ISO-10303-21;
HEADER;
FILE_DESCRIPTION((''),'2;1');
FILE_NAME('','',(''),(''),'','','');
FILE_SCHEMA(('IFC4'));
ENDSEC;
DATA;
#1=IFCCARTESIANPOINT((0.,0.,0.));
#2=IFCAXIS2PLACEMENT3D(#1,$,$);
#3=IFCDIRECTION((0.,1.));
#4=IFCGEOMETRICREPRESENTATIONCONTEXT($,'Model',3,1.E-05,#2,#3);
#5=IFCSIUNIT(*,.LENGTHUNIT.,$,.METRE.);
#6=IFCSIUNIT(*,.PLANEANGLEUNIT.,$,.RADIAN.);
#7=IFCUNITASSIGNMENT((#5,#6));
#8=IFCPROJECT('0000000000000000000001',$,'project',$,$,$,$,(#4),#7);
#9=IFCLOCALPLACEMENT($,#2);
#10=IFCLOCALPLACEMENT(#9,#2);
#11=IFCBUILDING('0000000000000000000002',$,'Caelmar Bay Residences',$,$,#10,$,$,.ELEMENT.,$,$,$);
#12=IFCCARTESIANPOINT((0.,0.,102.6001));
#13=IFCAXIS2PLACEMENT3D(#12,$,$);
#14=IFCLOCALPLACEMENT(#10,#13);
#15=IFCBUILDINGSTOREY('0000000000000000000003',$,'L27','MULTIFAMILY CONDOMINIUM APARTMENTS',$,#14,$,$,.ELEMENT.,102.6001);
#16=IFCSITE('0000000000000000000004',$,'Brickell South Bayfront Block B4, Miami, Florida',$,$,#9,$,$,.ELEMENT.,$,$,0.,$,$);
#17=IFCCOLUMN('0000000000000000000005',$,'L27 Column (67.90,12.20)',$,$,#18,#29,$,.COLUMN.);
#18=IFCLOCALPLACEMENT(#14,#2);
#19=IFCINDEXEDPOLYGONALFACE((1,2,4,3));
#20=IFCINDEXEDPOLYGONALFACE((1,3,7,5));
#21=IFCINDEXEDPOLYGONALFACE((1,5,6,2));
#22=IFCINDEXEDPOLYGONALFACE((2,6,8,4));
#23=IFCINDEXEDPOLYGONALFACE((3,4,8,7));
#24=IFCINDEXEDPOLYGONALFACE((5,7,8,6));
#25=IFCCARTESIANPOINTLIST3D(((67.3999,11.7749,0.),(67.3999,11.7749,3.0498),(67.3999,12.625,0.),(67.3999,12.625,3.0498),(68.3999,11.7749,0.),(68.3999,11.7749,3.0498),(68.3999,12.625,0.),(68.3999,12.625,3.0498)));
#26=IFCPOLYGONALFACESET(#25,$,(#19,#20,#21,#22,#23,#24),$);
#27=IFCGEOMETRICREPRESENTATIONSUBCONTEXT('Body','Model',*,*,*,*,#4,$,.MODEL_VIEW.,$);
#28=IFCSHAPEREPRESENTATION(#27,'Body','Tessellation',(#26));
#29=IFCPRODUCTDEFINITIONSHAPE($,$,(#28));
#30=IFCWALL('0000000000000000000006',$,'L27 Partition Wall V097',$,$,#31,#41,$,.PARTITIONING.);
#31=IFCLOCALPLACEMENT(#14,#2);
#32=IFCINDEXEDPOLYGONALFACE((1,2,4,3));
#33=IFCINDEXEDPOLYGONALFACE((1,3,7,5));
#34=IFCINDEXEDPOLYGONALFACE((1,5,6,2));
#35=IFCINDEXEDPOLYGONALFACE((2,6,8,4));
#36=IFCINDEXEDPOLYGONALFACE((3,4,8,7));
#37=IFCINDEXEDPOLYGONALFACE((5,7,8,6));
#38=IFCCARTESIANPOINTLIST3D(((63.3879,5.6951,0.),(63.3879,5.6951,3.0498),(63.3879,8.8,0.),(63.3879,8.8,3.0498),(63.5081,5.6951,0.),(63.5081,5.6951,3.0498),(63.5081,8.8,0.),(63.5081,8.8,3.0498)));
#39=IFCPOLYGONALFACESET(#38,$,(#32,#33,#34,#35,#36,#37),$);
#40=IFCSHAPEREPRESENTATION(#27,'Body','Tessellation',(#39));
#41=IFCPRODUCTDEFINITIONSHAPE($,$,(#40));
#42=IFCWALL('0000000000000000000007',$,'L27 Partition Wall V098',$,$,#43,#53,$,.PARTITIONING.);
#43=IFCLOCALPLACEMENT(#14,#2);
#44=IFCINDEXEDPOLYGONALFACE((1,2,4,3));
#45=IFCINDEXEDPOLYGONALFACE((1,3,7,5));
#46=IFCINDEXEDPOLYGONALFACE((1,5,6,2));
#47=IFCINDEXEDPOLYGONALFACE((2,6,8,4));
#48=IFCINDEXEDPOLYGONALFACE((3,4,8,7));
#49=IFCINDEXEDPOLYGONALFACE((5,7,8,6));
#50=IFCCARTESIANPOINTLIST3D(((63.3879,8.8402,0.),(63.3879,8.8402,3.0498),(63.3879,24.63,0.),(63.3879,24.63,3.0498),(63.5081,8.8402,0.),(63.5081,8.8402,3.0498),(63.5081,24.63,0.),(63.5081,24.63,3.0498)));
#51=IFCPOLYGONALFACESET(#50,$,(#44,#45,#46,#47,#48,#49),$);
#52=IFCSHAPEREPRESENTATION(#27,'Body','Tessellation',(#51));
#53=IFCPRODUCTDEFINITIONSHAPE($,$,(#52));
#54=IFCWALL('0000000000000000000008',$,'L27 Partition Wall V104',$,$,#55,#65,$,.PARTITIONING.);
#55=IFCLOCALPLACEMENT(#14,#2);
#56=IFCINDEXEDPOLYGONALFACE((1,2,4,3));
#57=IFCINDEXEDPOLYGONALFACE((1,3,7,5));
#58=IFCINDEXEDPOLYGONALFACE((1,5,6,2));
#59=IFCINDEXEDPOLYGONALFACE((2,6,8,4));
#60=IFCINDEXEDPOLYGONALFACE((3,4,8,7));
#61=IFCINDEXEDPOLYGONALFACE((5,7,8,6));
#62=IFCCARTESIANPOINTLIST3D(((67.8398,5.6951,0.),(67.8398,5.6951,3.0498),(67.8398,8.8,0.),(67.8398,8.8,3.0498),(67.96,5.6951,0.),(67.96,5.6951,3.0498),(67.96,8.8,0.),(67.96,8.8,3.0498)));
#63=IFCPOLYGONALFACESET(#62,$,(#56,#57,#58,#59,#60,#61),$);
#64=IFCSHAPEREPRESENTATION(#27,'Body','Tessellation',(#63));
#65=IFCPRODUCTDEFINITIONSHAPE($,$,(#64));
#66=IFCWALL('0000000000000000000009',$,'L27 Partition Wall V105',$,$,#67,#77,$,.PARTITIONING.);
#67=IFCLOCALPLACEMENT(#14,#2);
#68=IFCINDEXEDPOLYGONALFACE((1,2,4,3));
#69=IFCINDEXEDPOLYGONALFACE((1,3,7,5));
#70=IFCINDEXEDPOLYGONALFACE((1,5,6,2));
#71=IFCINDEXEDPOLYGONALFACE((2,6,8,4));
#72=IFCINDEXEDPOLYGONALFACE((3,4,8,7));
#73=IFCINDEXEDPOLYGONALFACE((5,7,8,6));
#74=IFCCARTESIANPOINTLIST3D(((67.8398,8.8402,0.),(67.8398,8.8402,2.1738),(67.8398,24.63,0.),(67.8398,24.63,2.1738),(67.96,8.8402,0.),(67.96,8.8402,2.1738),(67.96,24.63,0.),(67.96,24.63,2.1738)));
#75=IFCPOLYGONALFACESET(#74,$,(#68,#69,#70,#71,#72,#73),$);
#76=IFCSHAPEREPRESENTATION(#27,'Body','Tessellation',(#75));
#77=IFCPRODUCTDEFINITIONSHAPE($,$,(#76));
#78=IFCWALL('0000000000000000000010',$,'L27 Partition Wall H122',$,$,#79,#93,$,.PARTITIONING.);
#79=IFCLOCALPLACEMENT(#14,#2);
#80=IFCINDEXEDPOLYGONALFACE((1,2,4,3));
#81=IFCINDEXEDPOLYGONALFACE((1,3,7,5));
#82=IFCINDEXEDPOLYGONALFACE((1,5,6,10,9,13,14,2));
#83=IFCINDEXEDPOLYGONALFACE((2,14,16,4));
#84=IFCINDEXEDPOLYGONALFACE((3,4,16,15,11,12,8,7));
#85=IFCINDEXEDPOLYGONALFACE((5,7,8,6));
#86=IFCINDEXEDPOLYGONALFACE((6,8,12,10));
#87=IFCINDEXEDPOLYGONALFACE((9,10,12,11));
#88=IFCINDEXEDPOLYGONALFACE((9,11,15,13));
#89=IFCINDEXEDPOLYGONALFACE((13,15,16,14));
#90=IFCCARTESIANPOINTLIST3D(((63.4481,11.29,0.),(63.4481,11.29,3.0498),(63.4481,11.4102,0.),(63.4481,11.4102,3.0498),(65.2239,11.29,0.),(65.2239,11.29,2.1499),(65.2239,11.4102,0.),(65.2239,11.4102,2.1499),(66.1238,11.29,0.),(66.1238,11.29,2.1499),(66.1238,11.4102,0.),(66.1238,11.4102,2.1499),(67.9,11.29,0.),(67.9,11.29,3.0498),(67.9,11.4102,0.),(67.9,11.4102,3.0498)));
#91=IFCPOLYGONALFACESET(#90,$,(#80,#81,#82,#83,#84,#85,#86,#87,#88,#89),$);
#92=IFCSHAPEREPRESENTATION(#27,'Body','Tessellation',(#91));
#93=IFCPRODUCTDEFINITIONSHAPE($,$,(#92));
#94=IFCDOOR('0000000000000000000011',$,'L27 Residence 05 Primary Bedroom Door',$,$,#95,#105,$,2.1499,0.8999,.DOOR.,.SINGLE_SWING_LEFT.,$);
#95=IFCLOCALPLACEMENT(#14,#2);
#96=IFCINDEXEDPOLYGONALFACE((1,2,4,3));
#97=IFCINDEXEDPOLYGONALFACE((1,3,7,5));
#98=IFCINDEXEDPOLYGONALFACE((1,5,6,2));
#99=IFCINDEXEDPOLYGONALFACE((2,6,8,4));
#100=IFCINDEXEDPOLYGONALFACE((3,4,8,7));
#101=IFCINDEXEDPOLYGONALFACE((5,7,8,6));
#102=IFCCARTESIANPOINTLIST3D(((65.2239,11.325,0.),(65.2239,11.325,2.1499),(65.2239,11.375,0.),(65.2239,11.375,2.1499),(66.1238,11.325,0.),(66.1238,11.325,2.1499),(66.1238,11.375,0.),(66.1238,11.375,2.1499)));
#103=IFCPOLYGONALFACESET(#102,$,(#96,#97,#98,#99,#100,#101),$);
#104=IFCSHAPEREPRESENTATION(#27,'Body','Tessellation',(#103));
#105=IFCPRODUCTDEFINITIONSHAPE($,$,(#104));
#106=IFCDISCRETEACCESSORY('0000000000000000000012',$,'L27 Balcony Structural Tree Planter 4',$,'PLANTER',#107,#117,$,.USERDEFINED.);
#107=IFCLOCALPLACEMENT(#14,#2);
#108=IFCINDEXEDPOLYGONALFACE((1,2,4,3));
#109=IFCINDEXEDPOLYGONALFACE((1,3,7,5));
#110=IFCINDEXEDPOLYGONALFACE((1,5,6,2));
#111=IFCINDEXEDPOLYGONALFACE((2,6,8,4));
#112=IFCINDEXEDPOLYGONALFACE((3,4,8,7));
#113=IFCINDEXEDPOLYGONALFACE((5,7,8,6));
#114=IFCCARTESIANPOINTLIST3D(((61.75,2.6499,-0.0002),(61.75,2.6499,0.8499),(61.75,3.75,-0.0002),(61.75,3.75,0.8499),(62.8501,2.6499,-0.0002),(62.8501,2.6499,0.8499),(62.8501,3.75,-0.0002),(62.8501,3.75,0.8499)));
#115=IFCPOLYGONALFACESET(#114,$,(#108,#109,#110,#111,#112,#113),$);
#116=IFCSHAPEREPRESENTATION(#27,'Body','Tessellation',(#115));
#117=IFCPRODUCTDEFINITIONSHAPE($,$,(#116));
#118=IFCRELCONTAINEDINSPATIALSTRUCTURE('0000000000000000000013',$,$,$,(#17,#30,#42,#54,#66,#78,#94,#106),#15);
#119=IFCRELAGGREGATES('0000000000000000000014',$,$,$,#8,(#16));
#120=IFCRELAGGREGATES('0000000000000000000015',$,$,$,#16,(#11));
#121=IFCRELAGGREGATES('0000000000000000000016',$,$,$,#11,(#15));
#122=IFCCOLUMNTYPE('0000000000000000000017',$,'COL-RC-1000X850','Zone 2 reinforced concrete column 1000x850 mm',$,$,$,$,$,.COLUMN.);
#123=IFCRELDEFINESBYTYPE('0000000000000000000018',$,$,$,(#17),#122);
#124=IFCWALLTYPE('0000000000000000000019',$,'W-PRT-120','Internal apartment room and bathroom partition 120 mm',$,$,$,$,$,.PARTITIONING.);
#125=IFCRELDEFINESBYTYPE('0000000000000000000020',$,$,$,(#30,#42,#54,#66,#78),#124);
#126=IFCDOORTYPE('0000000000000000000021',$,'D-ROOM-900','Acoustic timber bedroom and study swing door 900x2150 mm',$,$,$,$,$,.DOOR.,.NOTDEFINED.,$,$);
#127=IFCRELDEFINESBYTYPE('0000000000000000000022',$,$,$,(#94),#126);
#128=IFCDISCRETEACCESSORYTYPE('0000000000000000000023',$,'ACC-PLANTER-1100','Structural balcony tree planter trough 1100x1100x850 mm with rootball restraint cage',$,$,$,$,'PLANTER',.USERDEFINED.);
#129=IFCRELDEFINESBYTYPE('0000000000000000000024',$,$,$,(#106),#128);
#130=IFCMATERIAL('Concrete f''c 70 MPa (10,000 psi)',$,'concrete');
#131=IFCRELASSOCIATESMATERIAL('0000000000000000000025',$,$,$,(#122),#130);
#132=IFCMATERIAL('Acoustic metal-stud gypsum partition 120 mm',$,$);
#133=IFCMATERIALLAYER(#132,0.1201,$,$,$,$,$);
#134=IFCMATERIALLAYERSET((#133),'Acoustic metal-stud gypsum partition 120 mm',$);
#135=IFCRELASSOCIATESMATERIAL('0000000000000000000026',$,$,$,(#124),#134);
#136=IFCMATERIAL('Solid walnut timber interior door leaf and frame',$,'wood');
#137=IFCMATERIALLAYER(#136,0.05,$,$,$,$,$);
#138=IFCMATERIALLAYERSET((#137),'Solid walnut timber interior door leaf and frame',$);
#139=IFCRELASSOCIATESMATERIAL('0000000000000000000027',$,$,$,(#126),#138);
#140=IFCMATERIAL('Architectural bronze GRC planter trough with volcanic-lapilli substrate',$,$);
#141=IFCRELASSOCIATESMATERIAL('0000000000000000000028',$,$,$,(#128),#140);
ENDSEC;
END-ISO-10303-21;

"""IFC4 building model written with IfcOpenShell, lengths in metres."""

from ifc_helpers import new_model, si_unit, direction, frame, frame_2d, origin, origin_2d, place, context, subcontext, project, spatial, rectangle, extrude, material, layer, layer_set, material_profile, profile_set, type_object, element, fill, save


model = new_model("IFC4")

# Units and contexts
model_context = context("Model", 3, precision=1e-05, world=origin(), true_north=direction((0.0, 1.0)))
body_context = subcontext(model_context, "Body", "Model", "MODEL_VIEW")
ifc_project = project(units=[si_unit("LENGTHUNIT", "METRE"), si_unit("PLANEANGLEUNIT", "RADIAN")], contexts=[model_context])

# Site, building, storey
site_placement = place(None, origin())
site = spatial("IfcSite", under=ifc_project, at=site_placement, Name="Brickell South Bayfront Block B4, Miami, Florida", CompositionType="ELEMENT", RefElevation=0.0)
building_placement = place(site_placement, origin())
building = spatial("IfcBuilding", under=site, at=building_placement, Name="Caelmar Bay Residences", CompositionType="ELEMENT")
storey_placement = place(building_placement, frame((0.0, 0.0, 102.6001)))
storey = spatial("IfcBuildingStorey", under=building, at=storey_placement, Name="L27", Description="MULTIFAMILY CONDOMINIUM APARTMENTS", CompositionType="ELEMENT", Elevation=102.6001)

# Column
ifc_material_1 = material(Name="Concrete f'c 70 MPa (10,000 psi)", Category="concrete")
ifc_material_profile = material_profile(ifc_material_1, rectangle(XDim=1.0, YDim=0.8501, at=origin_2d()), Name="RC-COL-1000X850")
ifc_profile_set = profile_set([ifc_material_profile], Name="Concrete f'c 70 MPa (10,000 psi)")
column_type = type_object("IfcColumnType", Name="COL-RC-1000X850", Description="Zone 2 reinforced concrete column 1000x850 mm", PredefinedType="COLUMN", material=ifc_profile_set)
column_placement = place(storey_placement, frame((67.8999, 12.2, 0.0), z_axis=(0.0, 0.0, 1.0), x_axis=(1.0, 0.0, 0.0)))
element("IfcColumn", 1, at=column_placement, inside=storey, type_object=column_type, Name="L27 Column (67.90,12.20)", PredefinedType="COLUMN", context=body_context, shape_type="SweptSolid", body=[
    extrude(rectangle(XDim=1.0, YDim=0.8501, at=origin_2d()), origin(), (0.0, 0.0, 1.0), 3.0498),
])

# Walls
ifc_material_2 = material(Name="Acoustic metal-stud gypsum partition 120 mm")
ifc_layer_1 = layer(ifc_material_2, 0.1201)
ifc_layer_set_1 = layer_set([ifc_layer_1], Name="Acoustic metal-stud gypsum partition 120 mm")
wall_type_1 = type_object("IfcWallType", Name="W-PRT-120", Description="Internal apartment room and bathroom partition 120 mm", PredefinedType="PARTITIONING", material=ifc_layer_set_1)
wall_1_placement = place(storey_placement, frame((63.448, 5.6951, 0.0), z_axis=(0.0, 0.0, 1.0), x_axis=(0.0, 1.0, 0.0)))
element("IfcWall", 2, at=wall_1_placement, inside=storey, type_object=wall_type_1, Name="L27 Partition Wall V097", PredefinedType="PARTITIONING", context=body_context, shape_type="SweptSolid", body=[
    extrude(rectangle(XDim=3.105, YDim=0.1201, at=frame_2d((1.5525, 0.0))), origin(), (0.0, 0.0, 1.0), 3.0498),
])
wall_2_placement = place(storey_placement, frame((63.448, 8.8401, 0.0), z_axis=(0.0, 0.0, 1.0), x_axis=(0.0, 1.0, 0.0)))
element("IfcWall", 3, at=wall_2_placement, inside=storey, type_object=wall_type_1, Name="L27 Partition Wall V098", PredefinedType="PARTITIONING", context=body_context, shape_type="SweptSolid", body=[
    extrude(rectangle(XDim=15.7898, YDim=0.1201, at=frame_2d((7.895, 0.0))), origin(), (0.0, 0.0, 1.0), 3.0498),
])
wall_3_placement = place(storey_placement, frame((67.8999, 5.6951, 0.0), z_axis=(0.0, 0.0, 1.0), x_axis=(0.0, 1.0, 0.0)))
element("IfcWall", 4, at=wall_3_placement, inside=storey, type_object=wall_type_1, Name="L27 Partition Wall V104", PredefinedType="PARTITIONING", context=body_context, shape_type="SweptSolid", body=[
    extrude(rectangle(XDim=3.105, YDim=0.1201, at=frame_2d((1.5525, 0.0))), origin(), (0.0, 0.0, 1.0), 3.0498),
])
wall_4_placement = place(storey_placement, frame((67.8999, 8.8401, 0.0), z_axis=(0.0, 0.0, 1.0), x_axis=(0.0, 1.0, 0.0)))
element("IfcWall", 5, at=wall_4_placement, inside=storey, type_object=wall_type_1, Name="L27 Partition Wall V105", PredefinedType="PARTITIONING", context=body_context, shape_type="SweptSolid", body=[
    extrude(rectangle(XDim=15.7898, YDim=0.1201, at=frame_2d((7.895, 0.0))), origin(), (0.0, 0.0, 1.0), 2.1738),
])

# Wall, opening, door
wall_5_placement = place(storey_placement, frame((63.448, 11.3501, 0.0), z_axis=(0.0, 0.0, 1.0), x_axis=(1.0, 0.0, 0.0)))
wall_5 = element("IfcWall", 6, at=wall_5_placement, inside=storey, type_object=wall_type_1, Name="L27 Partition Wall H122", PredefinedType="PARTITIONING", context=body_context, shape_type="SweptSolid", body=[
    extrude(rectangle(XDim=4.4519, YDim=0.1201, at=frame_2d((2.2261, 0.0))), origin(), (0.0, 0.0, 1.0), 3.0498),
])
opening_1_placement = place(wall_5_placement, frame((1.7759, 0.0, 0.0)))
opening_1 = element("IfcOpeningElement", 7, at=opening_1_placement, cuts=wall_5, PredefinedType="OPENING", context=body_context, shape_type="SweptSolid", body=[
    extrude(rectangle(XDim=0.8999, YDim=2.1499, at=frame_2d((0.45, 1.075))), frame((0.0, 0.0701, 0.0), z_axis=(0.0, -1.0, 0.0), x_axis=(1.0, 0.0, 0.0)), (0.0, 0.0, 1.0), 0.1401),
])
ifc_material_3 = material(Name="Solid walnut timber interior door leaf and frame", Category="wood")
ifc_layer_2 = layer(ifc_material_3, 0.05)
ifc_layer_set_2 = layer_set([ifc_layer_2], Name="Solid walnut timber interior door leaf and frame")
door_type_1 = type_object("IfcDoorType", Name="D-ROOM-900", Description="Acoustic timber bedroom and study swing door 900x2150 mm", OperationType="NOTDEFINED", PredefinedType="DOOR", material=ifc_layer_set_2)
door_1_placement = place(opening_1_placement, origin())
door_1 = element("IfcDoor", 8, at=door_1_placement, inside=storey, type_object=door_type_1, Name="L27 Residence 05 Primary Bedroom Door", OperationType="SINGLE_SWING_LEFT", OverallHeight=2.1499, OverallWidth=0.8999, PredefinedType="DOOR", context=body_context, shape_type="SweptSolid", body=[
    extrude(rectangle(XDim=0.8999, YDim=2.1499, at=frame_2d((0.45, 1.075))), frame((0.0, 0.0249, 0.0), z_axis=(0.0, -1.0, 0.0), x_axis=(1.0, 0.0, 0.0)), (0.0, 0.0, 1.0), 0.05),
])
fill(opening_1, door_1)

# Discrete accessory
ifc_material_4 = material(Name="Architectural bronze GRC planter trough with volcanic-lapilli substrate")
discrete_accessory_type = type_object("IfcDiscreteAccessoryType", Name="ACC-PLANTER-1100", Description="Structural balcony tree planter trough 1100x1100x850 mm with rootball restraint cage", ElementType="PLANTER", PredefinedType="USERDEFINED", material=ifc_material_4)
discrete_accessory_placement = place(storey_placement, frame((62.3, 3.2, -0.0002), z_axis=(0.0, 0.0, 1.0), x_axis=(1.0, 0.0, 0.0)))
element("IfcDiscreteAccessory", 9, at=discrete_accessory_placement, inside=storey, type_object=discrete_accessory_type, Name="L27 Balcony Structural Tree Planter 4", ObjectType="PLANTER", PredefinedType="USERDEFINED", context=body_context, shape_type="SweptSolid", body=[
    extrude(rectangle(XDim=1.1001, YDim=1.1001, at=origin_2d()), origin(), (0.0, 0.0, 1.0), 0.8501),
])

save(model, "model.ifc")
